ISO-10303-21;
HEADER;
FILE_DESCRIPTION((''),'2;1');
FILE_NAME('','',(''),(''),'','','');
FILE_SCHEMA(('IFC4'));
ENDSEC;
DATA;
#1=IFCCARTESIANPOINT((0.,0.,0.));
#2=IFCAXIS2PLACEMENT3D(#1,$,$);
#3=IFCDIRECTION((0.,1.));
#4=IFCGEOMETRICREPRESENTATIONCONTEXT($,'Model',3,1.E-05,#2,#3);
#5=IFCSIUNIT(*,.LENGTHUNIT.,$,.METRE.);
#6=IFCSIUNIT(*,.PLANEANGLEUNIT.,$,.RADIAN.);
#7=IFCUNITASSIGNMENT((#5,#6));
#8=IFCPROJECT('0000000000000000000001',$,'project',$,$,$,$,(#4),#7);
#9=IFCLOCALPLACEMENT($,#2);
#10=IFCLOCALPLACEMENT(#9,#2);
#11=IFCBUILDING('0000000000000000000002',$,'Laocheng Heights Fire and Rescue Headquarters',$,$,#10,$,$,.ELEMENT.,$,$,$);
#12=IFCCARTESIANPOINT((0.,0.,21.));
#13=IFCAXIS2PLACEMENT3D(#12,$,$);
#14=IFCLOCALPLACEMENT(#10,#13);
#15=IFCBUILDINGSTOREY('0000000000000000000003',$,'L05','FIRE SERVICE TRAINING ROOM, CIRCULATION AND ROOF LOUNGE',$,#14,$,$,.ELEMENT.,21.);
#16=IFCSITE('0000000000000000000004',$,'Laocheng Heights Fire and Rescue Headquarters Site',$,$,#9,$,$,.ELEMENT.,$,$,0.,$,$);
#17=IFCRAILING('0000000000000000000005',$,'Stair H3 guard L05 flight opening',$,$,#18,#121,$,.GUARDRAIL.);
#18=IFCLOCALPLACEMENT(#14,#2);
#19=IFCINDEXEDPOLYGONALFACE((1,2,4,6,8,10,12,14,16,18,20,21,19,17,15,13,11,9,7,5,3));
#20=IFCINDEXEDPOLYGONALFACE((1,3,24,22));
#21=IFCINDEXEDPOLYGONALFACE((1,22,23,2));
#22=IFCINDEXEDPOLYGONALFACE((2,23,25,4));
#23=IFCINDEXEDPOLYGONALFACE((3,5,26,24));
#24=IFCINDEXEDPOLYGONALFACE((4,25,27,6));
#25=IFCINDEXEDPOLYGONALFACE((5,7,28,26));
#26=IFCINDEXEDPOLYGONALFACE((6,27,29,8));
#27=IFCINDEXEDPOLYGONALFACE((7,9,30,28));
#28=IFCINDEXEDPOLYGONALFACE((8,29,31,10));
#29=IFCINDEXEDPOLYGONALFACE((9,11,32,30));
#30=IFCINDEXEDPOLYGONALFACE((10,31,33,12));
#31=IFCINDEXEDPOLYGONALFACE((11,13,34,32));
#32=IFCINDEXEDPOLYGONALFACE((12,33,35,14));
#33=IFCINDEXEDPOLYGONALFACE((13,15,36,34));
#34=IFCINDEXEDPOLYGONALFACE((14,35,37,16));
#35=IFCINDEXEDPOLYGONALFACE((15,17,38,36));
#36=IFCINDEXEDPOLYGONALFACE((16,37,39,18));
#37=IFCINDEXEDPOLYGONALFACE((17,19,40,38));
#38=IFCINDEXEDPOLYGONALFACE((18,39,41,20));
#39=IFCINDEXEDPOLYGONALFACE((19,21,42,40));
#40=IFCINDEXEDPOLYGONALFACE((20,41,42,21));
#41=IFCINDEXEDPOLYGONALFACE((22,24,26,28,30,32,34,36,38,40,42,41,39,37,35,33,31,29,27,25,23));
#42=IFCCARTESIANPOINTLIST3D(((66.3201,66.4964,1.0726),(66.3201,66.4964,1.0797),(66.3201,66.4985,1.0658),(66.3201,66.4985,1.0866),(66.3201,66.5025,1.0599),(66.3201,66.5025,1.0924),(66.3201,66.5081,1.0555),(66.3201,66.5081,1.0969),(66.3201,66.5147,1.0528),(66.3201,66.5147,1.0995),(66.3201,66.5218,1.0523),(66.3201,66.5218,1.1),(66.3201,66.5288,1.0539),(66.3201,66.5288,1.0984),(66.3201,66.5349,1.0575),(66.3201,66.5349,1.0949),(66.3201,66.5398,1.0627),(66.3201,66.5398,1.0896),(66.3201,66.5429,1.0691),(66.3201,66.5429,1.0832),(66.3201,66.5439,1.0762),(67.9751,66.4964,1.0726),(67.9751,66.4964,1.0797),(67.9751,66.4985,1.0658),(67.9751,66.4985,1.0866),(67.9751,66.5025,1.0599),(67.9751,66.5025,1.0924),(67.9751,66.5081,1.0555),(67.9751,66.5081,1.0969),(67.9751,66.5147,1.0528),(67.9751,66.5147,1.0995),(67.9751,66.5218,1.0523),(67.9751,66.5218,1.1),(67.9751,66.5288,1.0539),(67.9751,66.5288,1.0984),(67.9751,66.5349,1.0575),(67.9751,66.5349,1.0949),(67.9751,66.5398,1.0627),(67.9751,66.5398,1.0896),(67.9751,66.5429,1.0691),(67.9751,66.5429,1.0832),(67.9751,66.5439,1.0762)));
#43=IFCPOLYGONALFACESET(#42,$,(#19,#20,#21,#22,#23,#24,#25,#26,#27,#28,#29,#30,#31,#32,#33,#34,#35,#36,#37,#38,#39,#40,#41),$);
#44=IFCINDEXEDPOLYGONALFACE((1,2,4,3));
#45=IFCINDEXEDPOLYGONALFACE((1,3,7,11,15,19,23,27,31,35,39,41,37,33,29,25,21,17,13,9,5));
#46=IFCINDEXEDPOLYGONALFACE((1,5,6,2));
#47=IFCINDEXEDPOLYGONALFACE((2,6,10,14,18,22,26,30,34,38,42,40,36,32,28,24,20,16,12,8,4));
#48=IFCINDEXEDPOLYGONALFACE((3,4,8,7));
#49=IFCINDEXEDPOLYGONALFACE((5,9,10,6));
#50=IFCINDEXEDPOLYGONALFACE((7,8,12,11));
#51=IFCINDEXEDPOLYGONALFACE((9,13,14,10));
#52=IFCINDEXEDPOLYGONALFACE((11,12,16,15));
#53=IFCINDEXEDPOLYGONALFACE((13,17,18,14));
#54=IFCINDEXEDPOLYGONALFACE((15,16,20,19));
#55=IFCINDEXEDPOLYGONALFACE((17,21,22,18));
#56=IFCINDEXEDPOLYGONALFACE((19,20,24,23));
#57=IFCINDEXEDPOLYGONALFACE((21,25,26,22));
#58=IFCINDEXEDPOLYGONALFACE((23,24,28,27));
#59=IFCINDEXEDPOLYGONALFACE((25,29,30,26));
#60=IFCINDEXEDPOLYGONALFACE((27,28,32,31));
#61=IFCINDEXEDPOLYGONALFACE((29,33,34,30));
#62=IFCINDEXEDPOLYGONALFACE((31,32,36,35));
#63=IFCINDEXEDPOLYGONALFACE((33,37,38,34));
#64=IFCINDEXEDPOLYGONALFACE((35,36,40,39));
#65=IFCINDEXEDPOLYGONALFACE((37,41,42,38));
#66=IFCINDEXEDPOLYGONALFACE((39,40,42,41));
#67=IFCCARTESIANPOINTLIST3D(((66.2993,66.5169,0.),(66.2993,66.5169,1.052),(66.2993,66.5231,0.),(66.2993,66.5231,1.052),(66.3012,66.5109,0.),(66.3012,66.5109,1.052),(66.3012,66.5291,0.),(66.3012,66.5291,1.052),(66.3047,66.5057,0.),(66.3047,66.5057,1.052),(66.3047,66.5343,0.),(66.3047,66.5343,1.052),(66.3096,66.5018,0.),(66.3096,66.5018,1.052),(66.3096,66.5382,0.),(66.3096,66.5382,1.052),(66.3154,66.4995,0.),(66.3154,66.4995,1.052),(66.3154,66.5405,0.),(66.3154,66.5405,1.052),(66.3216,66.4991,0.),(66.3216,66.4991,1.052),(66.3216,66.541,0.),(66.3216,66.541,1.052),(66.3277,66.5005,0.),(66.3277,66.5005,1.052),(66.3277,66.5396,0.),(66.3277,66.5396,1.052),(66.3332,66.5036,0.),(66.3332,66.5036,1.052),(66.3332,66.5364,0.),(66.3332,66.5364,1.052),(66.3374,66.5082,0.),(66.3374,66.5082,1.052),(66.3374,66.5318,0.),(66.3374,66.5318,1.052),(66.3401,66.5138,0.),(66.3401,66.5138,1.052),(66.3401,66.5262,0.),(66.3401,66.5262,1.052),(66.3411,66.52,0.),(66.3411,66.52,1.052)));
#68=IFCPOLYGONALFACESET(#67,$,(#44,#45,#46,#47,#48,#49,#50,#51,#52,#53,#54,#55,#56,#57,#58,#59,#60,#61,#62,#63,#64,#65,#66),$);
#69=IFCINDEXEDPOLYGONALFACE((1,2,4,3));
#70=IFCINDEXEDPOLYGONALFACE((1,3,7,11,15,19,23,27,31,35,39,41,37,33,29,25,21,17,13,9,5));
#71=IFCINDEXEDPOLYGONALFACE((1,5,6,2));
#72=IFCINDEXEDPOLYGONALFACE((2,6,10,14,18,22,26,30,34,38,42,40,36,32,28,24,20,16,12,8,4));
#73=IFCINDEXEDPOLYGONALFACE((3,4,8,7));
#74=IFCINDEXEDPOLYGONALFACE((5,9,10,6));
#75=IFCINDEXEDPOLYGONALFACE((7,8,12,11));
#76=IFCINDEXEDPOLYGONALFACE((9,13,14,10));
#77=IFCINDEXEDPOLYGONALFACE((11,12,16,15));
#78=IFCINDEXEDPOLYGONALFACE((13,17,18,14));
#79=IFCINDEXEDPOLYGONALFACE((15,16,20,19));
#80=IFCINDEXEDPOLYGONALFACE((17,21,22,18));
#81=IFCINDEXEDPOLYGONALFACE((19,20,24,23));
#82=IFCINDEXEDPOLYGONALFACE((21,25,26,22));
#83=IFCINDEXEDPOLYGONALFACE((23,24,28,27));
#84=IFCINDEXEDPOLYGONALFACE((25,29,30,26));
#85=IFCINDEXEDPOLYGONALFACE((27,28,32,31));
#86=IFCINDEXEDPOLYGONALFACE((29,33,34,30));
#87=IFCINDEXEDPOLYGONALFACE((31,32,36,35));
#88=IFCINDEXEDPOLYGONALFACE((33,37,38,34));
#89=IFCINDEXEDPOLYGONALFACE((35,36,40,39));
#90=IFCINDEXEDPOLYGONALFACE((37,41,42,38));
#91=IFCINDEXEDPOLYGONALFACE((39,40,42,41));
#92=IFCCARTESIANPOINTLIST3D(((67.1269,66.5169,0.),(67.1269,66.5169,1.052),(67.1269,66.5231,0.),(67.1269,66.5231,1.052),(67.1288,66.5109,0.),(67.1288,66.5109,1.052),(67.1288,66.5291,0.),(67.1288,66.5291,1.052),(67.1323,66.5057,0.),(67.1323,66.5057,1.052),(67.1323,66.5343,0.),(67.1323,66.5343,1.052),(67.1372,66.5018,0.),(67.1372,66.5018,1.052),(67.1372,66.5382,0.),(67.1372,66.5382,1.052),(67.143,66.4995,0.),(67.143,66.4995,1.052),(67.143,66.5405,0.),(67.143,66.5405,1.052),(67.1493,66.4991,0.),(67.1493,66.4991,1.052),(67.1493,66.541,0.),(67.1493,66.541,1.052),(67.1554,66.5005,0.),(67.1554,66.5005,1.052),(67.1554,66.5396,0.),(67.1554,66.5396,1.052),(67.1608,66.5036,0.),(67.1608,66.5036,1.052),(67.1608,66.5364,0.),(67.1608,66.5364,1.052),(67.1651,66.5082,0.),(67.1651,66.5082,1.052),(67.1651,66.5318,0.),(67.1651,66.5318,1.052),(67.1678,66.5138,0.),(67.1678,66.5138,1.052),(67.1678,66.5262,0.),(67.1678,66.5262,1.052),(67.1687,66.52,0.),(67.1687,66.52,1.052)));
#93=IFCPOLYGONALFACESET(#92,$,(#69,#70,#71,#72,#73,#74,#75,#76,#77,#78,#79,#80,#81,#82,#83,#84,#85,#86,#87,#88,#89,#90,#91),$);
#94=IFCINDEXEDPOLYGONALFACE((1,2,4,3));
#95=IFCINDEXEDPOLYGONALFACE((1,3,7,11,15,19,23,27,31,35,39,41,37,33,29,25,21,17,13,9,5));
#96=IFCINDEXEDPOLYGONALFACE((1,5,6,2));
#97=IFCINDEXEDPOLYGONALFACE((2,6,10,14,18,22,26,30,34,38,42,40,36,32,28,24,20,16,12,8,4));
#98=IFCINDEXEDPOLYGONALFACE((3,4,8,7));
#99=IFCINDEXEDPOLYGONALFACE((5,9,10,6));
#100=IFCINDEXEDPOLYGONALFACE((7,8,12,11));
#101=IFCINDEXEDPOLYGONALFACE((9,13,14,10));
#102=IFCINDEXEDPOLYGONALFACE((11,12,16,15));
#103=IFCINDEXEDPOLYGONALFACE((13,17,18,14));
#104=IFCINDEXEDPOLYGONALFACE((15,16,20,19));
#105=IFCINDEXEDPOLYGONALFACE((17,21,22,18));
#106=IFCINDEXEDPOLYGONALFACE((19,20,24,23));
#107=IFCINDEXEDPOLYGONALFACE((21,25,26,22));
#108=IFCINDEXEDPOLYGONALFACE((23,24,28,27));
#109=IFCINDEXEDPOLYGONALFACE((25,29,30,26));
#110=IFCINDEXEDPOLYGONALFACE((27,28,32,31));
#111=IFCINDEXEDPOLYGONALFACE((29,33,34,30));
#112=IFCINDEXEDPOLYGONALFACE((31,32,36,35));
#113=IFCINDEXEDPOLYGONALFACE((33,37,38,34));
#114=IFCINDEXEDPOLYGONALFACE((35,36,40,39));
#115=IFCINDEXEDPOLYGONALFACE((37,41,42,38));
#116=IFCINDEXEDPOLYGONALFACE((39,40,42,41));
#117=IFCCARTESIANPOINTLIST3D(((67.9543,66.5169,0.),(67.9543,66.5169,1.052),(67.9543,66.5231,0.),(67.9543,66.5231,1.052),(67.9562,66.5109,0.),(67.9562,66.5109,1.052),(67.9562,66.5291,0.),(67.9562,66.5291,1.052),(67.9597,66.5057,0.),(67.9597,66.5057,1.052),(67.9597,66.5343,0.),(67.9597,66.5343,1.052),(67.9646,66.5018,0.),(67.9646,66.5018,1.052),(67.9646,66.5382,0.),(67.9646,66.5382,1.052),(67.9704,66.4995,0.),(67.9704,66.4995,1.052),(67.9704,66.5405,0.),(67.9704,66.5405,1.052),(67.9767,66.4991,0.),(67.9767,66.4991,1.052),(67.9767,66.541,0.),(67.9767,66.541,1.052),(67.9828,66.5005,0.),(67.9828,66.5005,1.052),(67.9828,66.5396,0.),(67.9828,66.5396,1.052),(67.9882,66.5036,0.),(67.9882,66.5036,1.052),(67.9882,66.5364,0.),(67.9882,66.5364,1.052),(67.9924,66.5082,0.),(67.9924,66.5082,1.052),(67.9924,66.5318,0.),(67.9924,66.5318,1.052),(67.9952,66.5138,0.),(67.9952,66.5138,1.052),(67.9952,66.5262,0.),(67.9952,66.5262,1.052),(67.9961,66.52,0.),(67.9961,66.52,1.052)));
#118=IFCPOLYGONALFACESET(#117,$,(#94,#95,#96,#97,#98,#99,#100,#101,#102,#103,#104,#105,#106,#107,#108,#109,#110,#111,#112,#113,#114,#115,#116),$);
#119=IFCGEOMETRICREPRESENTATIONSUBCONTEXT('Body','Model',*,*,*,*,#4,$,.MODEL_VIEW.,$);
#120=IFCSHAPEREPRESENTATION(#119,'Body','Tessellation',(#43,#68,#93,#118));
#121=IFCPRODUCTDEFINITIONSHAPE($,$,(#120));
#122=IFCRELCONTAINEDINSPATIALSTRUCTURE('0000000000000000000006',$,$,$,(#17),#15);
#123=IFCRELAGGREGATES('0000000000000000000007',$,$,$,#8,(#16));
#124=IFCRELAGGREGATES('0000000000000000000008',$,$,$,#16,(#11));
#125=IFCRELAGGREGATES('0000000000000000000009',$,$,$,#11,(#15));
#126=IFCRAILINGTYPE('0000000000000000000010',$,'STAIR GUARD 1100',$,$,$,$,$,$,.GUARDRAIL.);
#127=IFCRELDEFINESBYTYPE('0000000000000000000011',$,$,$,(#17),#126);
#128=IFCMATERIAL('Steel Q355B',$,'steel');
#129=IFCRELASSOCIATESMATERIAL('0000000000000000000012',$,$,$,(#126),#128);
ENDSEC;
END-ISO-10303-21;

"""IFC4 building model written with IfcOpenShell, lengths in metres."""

from ifc_helpers import new_model, si_unit, direction, frame, origin, origin_2d, place, context, subcontext, project, spatial, circle, extrude, material, type_object, element, save


model = new_model("IFC4")

# Units and contexts
model_context = context("Model", 3, precision=1e-05, world=origin(), true_north=direction((0.0, 1.0)))
body_context = subcontext(model_context, "Body", "Model", "MODEL_VIEW")
ifc_project = project(units=[si_unit("LENGTHUNIT", "METRE"), si_unit("PLANEANGLEUNIT", "RADIAN")], contexts=[model_context])

# Site, building, storey
site_placement = place(None, origin())
site = spatial("IfcSite", under=ifc_project, at=site_placement, Name="Laocheng Heights Fire and Rescue Headquarters Site", CompositionType="ELEMENT", RefElevation=0.0)
building_placement = place(site_placement, origin())
building = spatial("IfcBuilding", under=site, at=building_placement, Name="Laocheng Heights Fire and Rescue Headquarters", CompositionType="ELEMENT")
storey_placement = place(building_placement, frame((0.0, 0.0, 21.0)))
storey = spatial("IfcBuildingStorey", under=building, at=storey_placement, Name="L05", Description="FIRE SERVICE TRAINING ROOM, CIRCULATION AND ROOF LOUNGE", CompositionType="ELEMENT", Elevation=21.0)

# Railing
ifc_material_1 = material(Name="Steel Q355B", Category="steel")
railing_type = type_object("IfcRailingType", Name="STAIR GUARD 1100", PredefinedType="GUARDRAIL", material=ifc_material_1)
railing_placement = place(storey_placement, frame((66.3201, 66.52, 0.0)))
element("IfcRailing", 1, at=railing_placement, inside=storey, type_object=railing_type, Name="Stair H3 guard L05 flight opening", PredefinedType="GUARDRAIL", context=body_context, shape_type="SweptSolid", body=[
    extrude(circle(Radius=0.0239, at=origin_2d()), frame((0.0, 0.0, 1.0762), z_axis=(1.0, 0.0, 0.0), x_axis=(0.0, 1.0, 0.0)), (0.0, 0.0, 1.0), 1.655),
    extrude(circle(Radius=0.021, at=origin_2d()), origin(), (0.0, 0.0, 1.0), 1.052),
    extrude(circle(Radius=0.021, at=origin_2d()), frame((0.8276, 0.0, 0.0)), (0.0, 0.0, 1.0), 1.052),
    extrude(circle(Radius=0.021, at=origin_2d()), frame((1.655, 0.0, 0.0)), (0.0, 0.0, 1.0), 1.052),
])

save(model, "model.ifc")
